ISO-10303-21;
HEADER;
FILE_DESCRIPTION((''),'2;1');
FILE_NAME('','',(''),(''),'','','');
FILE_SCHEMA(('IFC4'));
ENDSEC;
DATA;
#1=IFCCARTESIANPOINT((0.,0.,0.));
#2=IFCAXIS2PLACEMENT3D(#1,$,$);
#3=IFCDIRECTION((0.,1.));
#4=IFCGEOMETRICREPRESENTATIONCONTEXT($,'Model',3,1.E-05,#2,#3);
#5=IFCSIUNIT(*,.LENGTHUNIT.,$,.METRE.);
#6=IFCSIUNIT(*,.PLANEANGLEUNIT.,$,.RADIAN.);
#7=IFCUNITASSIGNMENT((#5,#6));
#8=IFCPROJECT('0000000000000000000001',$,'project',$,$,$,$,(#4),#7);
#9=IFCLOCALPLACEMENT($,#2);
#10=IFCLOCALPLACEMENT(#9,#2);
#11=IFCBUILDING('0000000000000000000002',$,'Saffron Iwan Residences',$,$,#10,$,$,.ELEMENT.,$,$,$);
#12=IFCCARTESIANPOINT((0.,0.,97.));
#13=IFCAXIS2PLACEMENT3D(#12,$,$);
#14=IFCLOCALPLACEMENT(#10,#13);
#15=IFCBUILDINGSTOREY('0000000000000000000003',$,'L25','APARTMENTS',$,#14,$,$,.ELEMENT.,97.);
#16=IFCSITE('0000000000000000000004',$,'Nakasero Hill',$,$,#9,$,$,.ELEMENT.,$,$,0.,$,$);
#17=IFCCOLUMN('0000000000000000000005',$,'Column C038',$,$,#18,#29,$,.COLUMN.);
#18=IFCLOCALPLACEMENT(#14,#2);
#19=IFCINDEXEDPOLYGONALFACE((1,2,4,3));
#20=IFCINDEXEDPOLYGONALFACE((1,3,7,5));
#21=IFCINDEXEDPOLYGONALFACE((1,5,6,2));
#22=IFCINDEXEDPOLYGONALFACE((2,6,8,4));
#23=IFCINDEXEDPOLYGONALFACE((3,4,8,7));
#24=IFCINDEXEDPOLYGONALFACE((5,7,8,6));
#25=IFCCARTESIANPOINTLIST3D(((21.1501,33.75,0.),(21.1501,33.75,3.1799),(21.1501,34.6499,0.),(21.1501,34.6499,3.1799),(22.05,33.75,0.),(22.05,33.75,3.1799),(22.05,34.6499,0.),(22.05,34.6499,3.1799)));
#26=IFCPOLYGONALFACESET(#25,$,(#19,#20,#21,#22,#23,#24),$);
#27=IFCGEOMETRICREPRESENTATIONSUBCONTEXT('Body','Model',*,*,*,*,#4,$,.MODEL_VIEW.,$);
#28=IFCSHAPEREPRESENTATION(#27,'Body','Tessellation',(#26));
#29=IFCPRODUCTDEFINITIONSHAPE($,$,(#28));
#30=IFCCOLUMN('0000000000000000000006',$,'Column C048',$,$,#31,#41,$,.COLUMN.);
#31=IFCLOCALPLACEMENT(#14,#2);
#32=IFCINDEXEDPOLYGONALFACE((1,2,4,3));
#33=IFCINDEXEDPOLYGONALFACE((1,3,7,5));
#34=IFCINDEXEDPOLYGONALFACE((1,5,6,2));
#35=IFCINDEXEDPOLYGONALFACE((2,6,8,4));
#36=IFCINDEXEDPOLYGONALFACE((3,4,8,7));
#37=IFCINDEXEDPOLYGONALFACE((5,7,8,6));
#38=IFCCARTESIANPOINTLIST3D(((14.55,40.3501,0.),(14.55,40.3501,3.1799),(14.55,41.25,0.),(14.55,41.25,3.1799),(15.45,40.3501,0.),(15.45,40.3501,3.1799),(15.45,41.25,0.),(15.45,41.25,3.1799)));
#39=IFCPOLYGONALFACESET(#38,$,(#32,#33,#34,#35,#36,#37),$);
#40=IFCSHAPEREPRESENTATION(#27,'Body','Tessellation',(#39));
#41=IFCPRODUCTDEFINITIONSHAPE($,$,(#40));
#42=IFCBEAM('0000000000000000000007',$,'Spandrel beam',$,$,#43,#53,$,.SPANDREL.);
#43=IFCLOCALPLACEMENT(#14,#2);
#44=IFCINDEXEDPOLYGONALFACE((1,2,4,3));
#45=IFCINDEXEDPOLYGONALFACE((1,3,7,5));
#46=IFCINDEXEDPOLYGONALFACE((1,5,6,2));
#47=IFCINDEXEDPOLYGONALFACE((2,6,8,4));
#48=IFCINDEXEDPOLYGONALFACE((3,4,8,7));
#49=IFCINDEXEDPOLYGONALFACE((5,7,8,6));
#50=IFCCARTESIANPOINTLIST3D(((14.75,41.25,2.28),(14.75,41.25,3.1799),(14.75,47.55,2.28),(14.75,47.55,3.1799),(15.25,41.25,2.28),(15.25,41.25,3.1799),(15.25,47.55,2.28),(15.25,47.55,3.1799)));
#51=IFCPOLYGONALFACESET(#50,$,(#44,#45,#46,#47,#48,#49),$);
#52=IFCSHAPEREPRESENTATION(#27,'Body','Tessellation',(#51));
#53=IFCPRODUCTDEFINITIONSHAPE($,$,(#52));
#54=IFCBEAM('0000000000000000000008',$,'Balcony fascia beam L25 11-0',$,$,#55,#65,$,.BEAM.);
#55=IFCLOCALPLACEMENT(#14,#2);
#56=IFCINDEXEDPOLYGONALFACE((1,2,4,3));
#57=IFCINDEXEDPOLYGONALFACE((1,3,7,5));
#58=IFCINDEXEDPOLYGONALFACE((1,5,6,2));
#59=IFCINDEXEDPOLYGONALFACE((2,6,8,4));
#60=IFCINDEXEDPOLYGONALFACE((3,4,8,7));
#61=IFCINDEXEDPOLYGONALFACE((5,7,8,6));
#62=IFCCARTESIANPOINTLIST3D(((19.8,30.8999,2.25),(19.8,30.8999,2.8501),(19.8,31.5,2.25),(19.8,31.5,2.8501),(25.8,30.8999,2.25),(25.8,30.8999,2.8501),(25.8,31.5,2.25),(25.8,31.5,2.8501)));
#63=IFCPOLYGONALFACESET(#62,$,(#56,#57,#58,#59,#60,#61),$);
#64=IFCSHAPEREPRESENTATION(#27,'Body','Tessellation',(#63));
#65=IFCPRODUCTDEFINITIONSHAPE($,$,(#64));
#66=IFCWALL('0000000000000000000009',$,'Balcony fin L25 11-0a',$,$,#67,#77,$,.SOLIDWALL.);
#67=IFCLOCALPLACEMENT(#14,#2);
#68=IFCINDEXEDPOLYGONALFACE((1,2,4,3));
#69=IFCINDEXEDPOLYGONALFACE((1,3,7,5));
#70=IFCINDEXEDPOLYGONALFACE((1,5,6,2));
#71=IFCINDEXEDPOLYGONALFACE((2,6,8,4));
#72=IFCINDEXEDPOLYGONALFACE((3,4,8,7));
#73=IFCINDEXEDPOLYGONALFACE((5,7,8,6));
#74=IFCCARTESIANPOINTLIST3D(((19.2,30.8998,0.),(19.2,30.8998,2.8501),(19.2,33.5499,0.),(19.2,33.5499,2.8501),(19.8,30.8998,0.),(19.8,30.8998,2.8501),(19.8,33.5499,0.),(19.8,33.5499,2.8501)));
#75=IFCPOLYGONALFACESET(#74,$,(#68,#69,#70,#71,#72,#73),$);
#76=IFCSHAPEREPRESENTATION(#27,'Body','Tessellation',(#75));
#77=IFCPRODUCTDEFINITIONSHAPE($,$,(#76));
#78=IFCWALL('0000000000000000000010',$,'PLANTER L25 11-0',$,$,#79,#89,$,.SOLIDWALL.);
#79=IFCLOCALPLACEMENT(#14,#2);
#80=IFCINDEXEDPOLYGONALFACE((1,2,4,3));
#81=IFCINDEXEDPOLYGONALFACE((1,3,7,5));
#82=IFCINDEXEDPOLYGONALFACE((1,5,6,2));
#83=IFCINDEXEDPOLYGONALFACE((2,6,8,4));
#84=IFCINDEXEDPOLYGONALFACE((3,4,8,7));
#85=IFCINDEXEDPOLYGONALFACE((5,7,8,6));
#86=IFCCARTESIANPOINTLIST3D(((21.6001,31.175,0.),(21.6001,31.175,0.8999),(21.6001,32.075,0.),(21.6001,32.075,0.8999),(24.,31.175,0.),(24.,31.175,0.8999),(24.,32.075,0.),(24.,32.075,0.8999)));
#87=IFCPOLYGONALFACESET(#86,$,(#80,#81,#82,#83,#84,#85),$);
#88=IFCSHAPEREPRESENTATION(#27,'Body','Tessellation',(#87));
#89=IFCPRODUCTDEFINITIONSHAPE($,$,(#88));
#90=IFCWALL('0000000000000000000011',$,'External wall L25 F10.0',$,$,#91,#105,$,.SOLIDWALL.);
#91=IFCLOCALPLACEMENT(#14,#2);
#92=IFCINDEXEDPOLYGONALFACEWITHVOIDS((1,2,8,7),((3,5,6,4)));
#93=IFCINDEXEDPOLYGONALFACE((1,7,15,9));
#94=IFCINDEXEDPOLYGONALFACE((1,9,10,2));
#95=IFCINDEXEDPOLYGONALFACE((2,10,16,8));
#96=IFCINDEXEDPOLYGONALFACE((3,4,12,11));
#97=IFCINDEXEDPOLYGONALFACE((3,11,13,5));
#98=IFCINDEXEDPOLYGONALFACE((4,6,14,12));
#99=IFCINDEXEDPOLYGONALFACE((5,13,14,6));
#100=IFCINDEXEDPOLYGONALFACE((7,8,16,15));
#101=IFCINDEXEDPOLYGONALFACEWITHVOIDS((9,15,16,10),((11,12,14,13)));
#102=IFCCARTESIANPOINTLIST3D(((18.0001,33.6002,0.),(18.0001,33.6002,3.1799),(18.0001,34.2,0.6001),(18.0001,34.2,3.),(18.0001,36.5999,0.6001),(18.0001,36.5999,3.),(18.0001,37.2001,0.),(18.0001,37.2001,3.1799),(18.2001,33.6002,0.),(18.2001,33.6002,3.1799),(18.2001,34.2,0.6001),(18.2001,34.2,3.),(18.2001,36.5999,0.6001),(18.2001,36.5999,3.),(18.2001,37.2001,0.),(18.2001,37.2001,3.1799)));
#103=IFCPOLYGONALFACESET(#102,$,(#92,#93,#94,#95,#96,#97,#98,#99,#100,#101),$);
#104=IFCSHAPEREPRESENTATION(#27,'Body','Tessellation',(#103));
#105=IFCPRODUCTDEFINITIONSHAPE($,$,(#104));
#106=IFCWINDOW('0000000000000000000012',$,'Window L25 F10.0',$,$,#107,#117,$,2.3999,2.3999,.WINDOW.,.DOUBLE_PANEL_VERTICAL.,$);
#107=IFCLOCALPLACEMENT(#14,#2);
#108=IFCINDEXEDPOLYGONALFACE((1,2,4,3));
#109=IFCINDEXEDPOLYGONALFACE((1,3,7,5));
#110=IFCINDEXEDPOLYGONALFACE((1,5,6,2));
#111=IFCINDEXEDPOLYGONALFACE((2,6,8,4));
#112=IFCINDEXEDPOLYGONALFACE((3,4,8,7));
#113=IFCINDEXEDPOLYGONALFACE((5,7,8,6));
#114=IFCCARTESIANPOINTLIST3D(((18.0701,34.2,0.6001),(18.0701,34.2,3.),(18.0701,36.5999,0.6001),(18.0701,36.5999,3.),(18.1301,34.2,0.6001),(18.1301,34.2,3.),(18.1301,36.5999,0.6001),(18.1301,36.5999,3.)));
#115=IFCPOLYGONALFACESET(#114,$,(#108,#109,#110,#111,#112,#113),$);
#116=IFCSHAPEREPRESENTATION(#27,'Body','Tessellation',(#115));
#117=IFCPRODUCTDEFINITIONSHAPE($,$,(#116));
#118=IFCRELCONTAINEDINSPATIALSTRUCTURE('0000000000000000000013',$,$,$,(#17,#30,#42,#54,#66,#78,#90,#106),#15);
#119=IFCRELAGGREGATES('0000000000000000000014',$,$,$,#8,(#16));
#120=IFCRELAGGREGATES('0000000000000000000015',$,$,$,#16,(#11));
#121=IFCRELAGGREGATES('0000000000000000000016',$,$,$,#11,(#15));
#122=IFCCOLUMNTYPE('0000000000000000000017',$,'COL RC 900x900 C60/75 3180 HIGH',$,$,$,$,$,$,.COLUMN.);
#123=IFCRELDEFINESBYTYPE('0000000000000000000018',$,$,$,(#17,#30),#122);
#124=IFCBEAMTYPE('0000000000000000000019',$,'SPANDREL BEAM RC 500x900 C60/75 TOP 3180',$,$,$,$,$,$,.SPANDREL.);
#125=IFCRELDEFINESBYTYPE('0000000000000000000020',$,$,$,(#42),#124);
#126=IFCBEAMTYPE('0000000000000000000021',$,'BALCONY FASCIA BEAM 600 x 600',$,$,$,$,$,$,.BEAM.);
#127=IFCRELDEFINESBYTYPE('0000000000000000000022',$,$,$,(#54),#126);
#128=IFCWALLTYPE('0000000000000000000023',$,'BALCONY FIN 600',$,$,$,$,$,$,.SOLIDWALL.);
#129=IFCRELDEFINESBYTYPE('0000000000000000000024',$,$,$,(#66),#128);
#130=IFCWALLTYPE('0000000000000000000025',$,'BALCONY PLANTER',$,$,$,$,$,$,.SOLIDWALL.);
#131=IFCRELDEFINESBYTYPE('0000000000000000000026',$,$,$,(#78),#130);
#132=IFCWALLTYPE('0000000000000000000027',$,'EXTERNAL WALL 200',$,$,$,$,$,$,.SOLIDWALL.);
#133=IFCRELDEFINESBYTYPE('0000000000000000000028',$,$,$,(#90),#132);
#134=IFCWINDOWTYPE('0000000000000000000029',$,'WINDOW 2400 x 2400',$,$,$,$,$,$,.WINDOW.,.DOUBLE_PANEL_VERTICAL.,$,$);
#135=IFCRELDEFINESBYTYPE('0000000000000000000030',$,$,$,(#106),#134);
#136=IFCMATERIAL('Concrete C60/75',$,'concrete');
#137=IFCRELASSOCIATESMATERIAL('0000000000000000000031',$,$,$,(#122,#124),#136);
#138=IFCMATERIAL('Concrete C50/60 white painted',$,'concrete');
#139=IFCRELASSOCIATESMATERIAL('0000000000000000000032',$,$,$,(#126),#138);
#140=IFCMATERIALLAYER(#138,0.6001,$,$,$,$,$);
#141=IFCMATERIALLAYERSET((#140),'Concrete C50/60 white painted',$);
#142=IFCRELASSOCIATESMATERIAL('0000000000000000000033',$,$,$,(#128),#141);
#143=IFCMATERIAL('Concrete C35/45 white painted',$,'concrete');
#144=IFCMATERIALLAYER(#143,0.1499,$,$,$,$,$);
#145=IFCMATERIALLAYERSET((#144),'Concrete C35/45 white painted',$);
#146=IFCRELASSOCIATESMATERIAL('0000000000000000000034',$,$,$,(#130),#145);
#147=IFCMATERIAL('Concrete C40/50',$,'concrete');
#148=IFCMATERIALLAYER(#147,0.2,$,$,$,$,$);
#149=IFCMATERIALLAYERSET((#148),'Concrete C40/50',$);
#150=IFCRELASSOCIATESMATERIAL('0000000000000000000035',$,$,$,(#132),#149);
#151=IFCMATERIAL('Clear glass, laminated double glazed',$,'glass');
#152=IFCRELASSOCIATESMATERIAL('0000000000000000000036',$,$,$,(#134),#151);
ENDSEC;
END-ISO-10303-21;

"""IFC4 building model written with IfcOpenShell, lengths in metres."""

from ifc_helpers import new_model, si_unit, direction, frame, frame_2d, origin, origin_2d, place, context, subcontext, project, spatial, rectangle, extrude, source, transform, mapped, material, layer, layer_set, material_profile, profile_set, type_object, element, fill, save


model = new_model("IFC4")

# Units and contexts
model_context = context("Model", 3, precision=1e-05, world=origin(), true_north=direction((0.0, 1.0)))
body_context = subcontext(model_context, "Body", "Model", "MODEL_VIEW")
ifc_project = project(units=[si_unit("LENGTHUNIT", "METRE"), si_unit("PLANEANGLEUNIT", "RADIAN")], contexts=[model_context])

# Site, building, storey
site_placement = place(None, origin())
site = spatial("IfcSite", under=ifc_project, at=site_placement, Name="Nakasero Hill", CompositionType="ELEMENT", RefElevation=0.0)
building_placement = place(site_placement, origin())
building = spatial("IfcBuilding", under=site, at=building_placement, Name="Saffron Iwan Residences", CompositionType="ELEMENT")
storey_placement = place(building_placement, frame((0.0, 0.0, 97.0)))
storey = spatial("IfcBuildingStorey", under=building, at=storey_placement, Name="L25", Description="APARTMENTS", CompositionType="ELEMENT", Elevation=97.0)

# Columns
ifc_material_1 = material(Name="Concrete C60/75", Category="concrete")
ifc_material_profile_1 = material_profile(ifc_material_1, rectangle(XDim=0.8999, YDim=0.8999, at=origin_2d()), Name="RC 900x900")
ifc_profile_set_1 = profile_set([ifc_material_profile_1], Name="Concrete C60/75")
column_type = type_object("IfcColumnType", Name="COL RC 900x900 C60/75 3180 HIGH", PredefinedType="COLUMN", material=ifc_profile_set_1)
shared_shape_1 = source(origin(), body_context, "Body", "SweptSolid", [
    extrude(rectangle(XDim=0.8999, YDim=0.8999, at=origin_2d()), origin(), (0.0, 0.0, 1.0), 3.1799),
])
for number, where, z_axis, x_axis, name in (
    (1, (21.6001, 34.2, 0.0), (0.0, 0.0, 1.0), (1.0, 0.0, 0.0), "Column C038"),
    (2, (15.0, 40.8, 0.0), (0.0, 0.0, 1.0), (1.0, 0.0, 0.0), "Column C048"),
):
    element("IfcColumn", number, at=place(storey_placement, frame(where, z_axis=z_axis, x_axis=x_axis)), inside=storey, type_object=column_type, Name=name, PredefinedType="COLUMN", context=body_context, shape_type="MappedRepresentation", body=[
        mapped(shared_shape_1, transform((0.0, 0.0, 0.0))),
    ])

# Beams
ifc_material_profile_2 = material_profile(ifc_material_1, rectangle(XDim=0.5, YDim=0.8999, at=origin_2d()), Name="RC 500x900")
ifc_profile_set_2 = profile_set([ifc_material_profile_2], Name="Concrete C60/75")
beam_type_1 = type_object("IfcBeamType", Name="SPANDREL BEAM RC 500x900 C60/75 TOP 3180", PredefinedType="SPANDREL", material=ifc_profile_set_2)
shared_shape_2 = source(origin(), body_context, "Body", "SweptSolid", [
    extrude(rectangle(XDim=0.5, YDim=0.8999, at=origin_2d()), origin(), (0.0, 0.0, 1.0), 6.3),
])
beam_1_placement = place(storey_placement, frame((15.0, 41.25, 2.73), z_axis=(0.0, 1.0, 0.0), x_axis=(-1.0, 0.0, 0.0)))
element("IfcBeam", 3, at=beam_1_placement, inside=storey, type_object=beam_type_1, Name="Spandrel beam", PredefinedType="SPANDREL", context=body_context, shape_type="MappedRepresentation", body=[
    mapped(shared_shape_2, transform((0.0, 0.0, 0.0))),
])
ifc_material_2 = material(Name="Concrete C50/60 white painted", Category="concrete")
ifc_material_profile_3 = material_profile(ifc_material_2, rectangle(XDim=0.6001, YDim=0.6001, at=origin_2d()), Name="BALCONY FASCIA BEAM 600 x 600")
ifc_profile_set_3 = profile_set([ifc_material_profile_3], Name="Concrete C50/60 white painted")
beam_type_2 = type_object("IfcBeamType", Name="BALCONY FASCIA BEAM 600 x 600", PredefinedType="BEAM", material=ifc_profile_set_3)
shared_shape_3 = source(origin(), body_context, "Body", "SweptSolid", [
    extrude(rectangle(XDim=0.6001, YDim=0.6001, at=origin_2d()), origin(), (0.0, 0.0, 1.0), 6.0),
])
beam_2_placement = place(storey_placement, frame((19.8, 31.2, 2.55), z_axis=(1.0, 0.0, 0.0), x_axis=(0.0, 1.0, 0.0)))
element("IfcBeam", 4, at=beam_2_placement, inside=storey, type_object=beam_type_2, Name="Balcony fascia beam L25 11-0", PredefinedType="BEAM", context=body_context, shape_type="MappedRepresentation", body=[
    mapped(shared_shape_3, transform((0.0, 0.0, 0.0))),
])

# Walls
ifc_layer_1 = layer(ifc_material_2, 0.6001)
ifc_layer_set_1 = layer_set([ifc_layer_1], Name="Concrete C50/60 white painted")
wall_type_1 = type_object("IfcWallType", Name="BALCONY FIN 600", PredefinedType="SOLIDWALL", material=ifc_layer_set_1)
wall_1_placement = place(storey_placement, frame((19.5, 33.55, 0.0), z_axis=(0.0, 0.0, 1.0), x_axis=(0.0, -1.0, 0.0)))
element("IfcWall", 5, at=wall_1_placement, inside=storey, type_object=wall_type_1, Name="Balcony fin L25 11-0a", PredefinedType="SOLIDWALL", context=body_context, shape_type="SweptSolid", body=[
    extrude(rectangle(XDim=2.6501, YDim=0.6001, at=frame_2d((1.3252, 0.0))), origin(), (0.0, 0.0, 1.0), 2.8501),
])
ifc_material_3 = material(Name="Concrete C35/45 white painted", Category="concrete")
ifc_layer_2 = layer(ifc_material_3, 0.1499)
ifc_layer_set_2 = layer_set([ifc_layer_2], Name="Concrete C35/45 white painted")
wall_type_2 = type_object("IfcWallType", Name="BALCONY PLANTER", PredefinedType="SOLIDWALL", material=ifc_layer_set_2)
wall_2_placement = place(storey_placement, frame((21.6001, 31.625, 0.0), z_axis=(0.0, 0.0, 1.0), x_axis=(1.0, 0.0, 0.0)))
element("IfcWall", 6, at=wall_2_placement, inside=storey, type_object=wall_type_2, Name="PLANTER L25 11-0", PredefinedType="SOLIDWALL", context=body_context, shape_type="SweptSolid", body=[
    extrude(rectangle(XDim=2.3999, YDim=0.8999, at=frame_2d((1.2, 0.0))), origin(), (0.0, 0.0, 1.0), 0.8999),
])

# Wall, opening, window
ifc_material_4 = material(Name="Concrete C40/50", Category="concrete")
ifc_layer_3 = layer(ifc_material_4, 0.2)
ifc_layer_set_3 = layer_set([ifc_layer_3], Name="Concrete C40/50")
wall_type_3 = type_object("IfcWallType", Name="EXTERNAL WALL 200", PredefinedType="SOLIDWALL", material=ifc_layer_set_3)
wall_3_placement = place(storey_placement, frame((18.1001, 37.2, 0.0), z_axis=(0.0, 0.0, 1.0), x_axis=(0.0, -1.0, 0.0)))
wall_3 = element("IfcWall", 7, at=wall_3_placement, inside=storey, type_object=wall_type_3, Name="External wall L25 F10.0", PredefinedType="SOLIDWALL", context=body_context, shape_type="SweptSolid", body=[
    extrude(rectangle(XDim=3.5999, YDim=0.2, at=frame_2d((1.7998, 0.0))), origin(), (0.0, 0.0, 1.0), 3.1799),
])
opening_1_placement = place(wall_3_placement, frame((0.6001, 0.0, 0.6001)))
opening_1 = element("IfcOpeningElement", 8, at=opening_1_placement, cuts=wall_3, PredefinedType="OPENING", context=body_context, shape_type="SweptSolid", body=[
    extrude(rectangle(XDim=2.3999, YDim=2.3999, at=frame_2d((1.2, 1.2))), frame((0.0, 0.1099, 0.0), z_axis=(0.0, -1.0, 0.0), x_axis=(1.0, 0.0, 0.0)), (0.0, 0.0, 1.0), 0.22),
])
ifc_material_5 = material(Name="Clear glass, laminated double glazed", Category="glass")
window_type_1 = type_object("IfcWindowType", Name="WINDOW 2400 x 2400", PartitioningType="DOUBLE_PANEL_VERTICAL", PredefinedType="WINDOW", material=ifc_material_5)
window_1_placement = place(opening_1_placement, origin())
window_1 = element("IfcWindow", 9, at=window_1_placement, inside=storey, type_object=window_type_1, Name="Window L25 F10.0", OverallHeight=2.3999, OverallWidth=2.3999, PartitioningType="DOUBLE_PANEL_VERTICAL", PredefinedType="WINDOW", context=body_context, shape_type="SweptSolid", body=[
    extrude(rectangle(XDim=2.3999, YDim=2.3999, at=frame_2d((1.2, 1.2))), frame((0.0, 0.03, 0.0), z_axis=(0.0, -1.0, 0.0), x_axis=(1.0, 0.0, 0.0)), (0.0, 0.0, 1.0), 0.0601),
])
fill(opening_1, window_1)

save(model, "model.ifc")
